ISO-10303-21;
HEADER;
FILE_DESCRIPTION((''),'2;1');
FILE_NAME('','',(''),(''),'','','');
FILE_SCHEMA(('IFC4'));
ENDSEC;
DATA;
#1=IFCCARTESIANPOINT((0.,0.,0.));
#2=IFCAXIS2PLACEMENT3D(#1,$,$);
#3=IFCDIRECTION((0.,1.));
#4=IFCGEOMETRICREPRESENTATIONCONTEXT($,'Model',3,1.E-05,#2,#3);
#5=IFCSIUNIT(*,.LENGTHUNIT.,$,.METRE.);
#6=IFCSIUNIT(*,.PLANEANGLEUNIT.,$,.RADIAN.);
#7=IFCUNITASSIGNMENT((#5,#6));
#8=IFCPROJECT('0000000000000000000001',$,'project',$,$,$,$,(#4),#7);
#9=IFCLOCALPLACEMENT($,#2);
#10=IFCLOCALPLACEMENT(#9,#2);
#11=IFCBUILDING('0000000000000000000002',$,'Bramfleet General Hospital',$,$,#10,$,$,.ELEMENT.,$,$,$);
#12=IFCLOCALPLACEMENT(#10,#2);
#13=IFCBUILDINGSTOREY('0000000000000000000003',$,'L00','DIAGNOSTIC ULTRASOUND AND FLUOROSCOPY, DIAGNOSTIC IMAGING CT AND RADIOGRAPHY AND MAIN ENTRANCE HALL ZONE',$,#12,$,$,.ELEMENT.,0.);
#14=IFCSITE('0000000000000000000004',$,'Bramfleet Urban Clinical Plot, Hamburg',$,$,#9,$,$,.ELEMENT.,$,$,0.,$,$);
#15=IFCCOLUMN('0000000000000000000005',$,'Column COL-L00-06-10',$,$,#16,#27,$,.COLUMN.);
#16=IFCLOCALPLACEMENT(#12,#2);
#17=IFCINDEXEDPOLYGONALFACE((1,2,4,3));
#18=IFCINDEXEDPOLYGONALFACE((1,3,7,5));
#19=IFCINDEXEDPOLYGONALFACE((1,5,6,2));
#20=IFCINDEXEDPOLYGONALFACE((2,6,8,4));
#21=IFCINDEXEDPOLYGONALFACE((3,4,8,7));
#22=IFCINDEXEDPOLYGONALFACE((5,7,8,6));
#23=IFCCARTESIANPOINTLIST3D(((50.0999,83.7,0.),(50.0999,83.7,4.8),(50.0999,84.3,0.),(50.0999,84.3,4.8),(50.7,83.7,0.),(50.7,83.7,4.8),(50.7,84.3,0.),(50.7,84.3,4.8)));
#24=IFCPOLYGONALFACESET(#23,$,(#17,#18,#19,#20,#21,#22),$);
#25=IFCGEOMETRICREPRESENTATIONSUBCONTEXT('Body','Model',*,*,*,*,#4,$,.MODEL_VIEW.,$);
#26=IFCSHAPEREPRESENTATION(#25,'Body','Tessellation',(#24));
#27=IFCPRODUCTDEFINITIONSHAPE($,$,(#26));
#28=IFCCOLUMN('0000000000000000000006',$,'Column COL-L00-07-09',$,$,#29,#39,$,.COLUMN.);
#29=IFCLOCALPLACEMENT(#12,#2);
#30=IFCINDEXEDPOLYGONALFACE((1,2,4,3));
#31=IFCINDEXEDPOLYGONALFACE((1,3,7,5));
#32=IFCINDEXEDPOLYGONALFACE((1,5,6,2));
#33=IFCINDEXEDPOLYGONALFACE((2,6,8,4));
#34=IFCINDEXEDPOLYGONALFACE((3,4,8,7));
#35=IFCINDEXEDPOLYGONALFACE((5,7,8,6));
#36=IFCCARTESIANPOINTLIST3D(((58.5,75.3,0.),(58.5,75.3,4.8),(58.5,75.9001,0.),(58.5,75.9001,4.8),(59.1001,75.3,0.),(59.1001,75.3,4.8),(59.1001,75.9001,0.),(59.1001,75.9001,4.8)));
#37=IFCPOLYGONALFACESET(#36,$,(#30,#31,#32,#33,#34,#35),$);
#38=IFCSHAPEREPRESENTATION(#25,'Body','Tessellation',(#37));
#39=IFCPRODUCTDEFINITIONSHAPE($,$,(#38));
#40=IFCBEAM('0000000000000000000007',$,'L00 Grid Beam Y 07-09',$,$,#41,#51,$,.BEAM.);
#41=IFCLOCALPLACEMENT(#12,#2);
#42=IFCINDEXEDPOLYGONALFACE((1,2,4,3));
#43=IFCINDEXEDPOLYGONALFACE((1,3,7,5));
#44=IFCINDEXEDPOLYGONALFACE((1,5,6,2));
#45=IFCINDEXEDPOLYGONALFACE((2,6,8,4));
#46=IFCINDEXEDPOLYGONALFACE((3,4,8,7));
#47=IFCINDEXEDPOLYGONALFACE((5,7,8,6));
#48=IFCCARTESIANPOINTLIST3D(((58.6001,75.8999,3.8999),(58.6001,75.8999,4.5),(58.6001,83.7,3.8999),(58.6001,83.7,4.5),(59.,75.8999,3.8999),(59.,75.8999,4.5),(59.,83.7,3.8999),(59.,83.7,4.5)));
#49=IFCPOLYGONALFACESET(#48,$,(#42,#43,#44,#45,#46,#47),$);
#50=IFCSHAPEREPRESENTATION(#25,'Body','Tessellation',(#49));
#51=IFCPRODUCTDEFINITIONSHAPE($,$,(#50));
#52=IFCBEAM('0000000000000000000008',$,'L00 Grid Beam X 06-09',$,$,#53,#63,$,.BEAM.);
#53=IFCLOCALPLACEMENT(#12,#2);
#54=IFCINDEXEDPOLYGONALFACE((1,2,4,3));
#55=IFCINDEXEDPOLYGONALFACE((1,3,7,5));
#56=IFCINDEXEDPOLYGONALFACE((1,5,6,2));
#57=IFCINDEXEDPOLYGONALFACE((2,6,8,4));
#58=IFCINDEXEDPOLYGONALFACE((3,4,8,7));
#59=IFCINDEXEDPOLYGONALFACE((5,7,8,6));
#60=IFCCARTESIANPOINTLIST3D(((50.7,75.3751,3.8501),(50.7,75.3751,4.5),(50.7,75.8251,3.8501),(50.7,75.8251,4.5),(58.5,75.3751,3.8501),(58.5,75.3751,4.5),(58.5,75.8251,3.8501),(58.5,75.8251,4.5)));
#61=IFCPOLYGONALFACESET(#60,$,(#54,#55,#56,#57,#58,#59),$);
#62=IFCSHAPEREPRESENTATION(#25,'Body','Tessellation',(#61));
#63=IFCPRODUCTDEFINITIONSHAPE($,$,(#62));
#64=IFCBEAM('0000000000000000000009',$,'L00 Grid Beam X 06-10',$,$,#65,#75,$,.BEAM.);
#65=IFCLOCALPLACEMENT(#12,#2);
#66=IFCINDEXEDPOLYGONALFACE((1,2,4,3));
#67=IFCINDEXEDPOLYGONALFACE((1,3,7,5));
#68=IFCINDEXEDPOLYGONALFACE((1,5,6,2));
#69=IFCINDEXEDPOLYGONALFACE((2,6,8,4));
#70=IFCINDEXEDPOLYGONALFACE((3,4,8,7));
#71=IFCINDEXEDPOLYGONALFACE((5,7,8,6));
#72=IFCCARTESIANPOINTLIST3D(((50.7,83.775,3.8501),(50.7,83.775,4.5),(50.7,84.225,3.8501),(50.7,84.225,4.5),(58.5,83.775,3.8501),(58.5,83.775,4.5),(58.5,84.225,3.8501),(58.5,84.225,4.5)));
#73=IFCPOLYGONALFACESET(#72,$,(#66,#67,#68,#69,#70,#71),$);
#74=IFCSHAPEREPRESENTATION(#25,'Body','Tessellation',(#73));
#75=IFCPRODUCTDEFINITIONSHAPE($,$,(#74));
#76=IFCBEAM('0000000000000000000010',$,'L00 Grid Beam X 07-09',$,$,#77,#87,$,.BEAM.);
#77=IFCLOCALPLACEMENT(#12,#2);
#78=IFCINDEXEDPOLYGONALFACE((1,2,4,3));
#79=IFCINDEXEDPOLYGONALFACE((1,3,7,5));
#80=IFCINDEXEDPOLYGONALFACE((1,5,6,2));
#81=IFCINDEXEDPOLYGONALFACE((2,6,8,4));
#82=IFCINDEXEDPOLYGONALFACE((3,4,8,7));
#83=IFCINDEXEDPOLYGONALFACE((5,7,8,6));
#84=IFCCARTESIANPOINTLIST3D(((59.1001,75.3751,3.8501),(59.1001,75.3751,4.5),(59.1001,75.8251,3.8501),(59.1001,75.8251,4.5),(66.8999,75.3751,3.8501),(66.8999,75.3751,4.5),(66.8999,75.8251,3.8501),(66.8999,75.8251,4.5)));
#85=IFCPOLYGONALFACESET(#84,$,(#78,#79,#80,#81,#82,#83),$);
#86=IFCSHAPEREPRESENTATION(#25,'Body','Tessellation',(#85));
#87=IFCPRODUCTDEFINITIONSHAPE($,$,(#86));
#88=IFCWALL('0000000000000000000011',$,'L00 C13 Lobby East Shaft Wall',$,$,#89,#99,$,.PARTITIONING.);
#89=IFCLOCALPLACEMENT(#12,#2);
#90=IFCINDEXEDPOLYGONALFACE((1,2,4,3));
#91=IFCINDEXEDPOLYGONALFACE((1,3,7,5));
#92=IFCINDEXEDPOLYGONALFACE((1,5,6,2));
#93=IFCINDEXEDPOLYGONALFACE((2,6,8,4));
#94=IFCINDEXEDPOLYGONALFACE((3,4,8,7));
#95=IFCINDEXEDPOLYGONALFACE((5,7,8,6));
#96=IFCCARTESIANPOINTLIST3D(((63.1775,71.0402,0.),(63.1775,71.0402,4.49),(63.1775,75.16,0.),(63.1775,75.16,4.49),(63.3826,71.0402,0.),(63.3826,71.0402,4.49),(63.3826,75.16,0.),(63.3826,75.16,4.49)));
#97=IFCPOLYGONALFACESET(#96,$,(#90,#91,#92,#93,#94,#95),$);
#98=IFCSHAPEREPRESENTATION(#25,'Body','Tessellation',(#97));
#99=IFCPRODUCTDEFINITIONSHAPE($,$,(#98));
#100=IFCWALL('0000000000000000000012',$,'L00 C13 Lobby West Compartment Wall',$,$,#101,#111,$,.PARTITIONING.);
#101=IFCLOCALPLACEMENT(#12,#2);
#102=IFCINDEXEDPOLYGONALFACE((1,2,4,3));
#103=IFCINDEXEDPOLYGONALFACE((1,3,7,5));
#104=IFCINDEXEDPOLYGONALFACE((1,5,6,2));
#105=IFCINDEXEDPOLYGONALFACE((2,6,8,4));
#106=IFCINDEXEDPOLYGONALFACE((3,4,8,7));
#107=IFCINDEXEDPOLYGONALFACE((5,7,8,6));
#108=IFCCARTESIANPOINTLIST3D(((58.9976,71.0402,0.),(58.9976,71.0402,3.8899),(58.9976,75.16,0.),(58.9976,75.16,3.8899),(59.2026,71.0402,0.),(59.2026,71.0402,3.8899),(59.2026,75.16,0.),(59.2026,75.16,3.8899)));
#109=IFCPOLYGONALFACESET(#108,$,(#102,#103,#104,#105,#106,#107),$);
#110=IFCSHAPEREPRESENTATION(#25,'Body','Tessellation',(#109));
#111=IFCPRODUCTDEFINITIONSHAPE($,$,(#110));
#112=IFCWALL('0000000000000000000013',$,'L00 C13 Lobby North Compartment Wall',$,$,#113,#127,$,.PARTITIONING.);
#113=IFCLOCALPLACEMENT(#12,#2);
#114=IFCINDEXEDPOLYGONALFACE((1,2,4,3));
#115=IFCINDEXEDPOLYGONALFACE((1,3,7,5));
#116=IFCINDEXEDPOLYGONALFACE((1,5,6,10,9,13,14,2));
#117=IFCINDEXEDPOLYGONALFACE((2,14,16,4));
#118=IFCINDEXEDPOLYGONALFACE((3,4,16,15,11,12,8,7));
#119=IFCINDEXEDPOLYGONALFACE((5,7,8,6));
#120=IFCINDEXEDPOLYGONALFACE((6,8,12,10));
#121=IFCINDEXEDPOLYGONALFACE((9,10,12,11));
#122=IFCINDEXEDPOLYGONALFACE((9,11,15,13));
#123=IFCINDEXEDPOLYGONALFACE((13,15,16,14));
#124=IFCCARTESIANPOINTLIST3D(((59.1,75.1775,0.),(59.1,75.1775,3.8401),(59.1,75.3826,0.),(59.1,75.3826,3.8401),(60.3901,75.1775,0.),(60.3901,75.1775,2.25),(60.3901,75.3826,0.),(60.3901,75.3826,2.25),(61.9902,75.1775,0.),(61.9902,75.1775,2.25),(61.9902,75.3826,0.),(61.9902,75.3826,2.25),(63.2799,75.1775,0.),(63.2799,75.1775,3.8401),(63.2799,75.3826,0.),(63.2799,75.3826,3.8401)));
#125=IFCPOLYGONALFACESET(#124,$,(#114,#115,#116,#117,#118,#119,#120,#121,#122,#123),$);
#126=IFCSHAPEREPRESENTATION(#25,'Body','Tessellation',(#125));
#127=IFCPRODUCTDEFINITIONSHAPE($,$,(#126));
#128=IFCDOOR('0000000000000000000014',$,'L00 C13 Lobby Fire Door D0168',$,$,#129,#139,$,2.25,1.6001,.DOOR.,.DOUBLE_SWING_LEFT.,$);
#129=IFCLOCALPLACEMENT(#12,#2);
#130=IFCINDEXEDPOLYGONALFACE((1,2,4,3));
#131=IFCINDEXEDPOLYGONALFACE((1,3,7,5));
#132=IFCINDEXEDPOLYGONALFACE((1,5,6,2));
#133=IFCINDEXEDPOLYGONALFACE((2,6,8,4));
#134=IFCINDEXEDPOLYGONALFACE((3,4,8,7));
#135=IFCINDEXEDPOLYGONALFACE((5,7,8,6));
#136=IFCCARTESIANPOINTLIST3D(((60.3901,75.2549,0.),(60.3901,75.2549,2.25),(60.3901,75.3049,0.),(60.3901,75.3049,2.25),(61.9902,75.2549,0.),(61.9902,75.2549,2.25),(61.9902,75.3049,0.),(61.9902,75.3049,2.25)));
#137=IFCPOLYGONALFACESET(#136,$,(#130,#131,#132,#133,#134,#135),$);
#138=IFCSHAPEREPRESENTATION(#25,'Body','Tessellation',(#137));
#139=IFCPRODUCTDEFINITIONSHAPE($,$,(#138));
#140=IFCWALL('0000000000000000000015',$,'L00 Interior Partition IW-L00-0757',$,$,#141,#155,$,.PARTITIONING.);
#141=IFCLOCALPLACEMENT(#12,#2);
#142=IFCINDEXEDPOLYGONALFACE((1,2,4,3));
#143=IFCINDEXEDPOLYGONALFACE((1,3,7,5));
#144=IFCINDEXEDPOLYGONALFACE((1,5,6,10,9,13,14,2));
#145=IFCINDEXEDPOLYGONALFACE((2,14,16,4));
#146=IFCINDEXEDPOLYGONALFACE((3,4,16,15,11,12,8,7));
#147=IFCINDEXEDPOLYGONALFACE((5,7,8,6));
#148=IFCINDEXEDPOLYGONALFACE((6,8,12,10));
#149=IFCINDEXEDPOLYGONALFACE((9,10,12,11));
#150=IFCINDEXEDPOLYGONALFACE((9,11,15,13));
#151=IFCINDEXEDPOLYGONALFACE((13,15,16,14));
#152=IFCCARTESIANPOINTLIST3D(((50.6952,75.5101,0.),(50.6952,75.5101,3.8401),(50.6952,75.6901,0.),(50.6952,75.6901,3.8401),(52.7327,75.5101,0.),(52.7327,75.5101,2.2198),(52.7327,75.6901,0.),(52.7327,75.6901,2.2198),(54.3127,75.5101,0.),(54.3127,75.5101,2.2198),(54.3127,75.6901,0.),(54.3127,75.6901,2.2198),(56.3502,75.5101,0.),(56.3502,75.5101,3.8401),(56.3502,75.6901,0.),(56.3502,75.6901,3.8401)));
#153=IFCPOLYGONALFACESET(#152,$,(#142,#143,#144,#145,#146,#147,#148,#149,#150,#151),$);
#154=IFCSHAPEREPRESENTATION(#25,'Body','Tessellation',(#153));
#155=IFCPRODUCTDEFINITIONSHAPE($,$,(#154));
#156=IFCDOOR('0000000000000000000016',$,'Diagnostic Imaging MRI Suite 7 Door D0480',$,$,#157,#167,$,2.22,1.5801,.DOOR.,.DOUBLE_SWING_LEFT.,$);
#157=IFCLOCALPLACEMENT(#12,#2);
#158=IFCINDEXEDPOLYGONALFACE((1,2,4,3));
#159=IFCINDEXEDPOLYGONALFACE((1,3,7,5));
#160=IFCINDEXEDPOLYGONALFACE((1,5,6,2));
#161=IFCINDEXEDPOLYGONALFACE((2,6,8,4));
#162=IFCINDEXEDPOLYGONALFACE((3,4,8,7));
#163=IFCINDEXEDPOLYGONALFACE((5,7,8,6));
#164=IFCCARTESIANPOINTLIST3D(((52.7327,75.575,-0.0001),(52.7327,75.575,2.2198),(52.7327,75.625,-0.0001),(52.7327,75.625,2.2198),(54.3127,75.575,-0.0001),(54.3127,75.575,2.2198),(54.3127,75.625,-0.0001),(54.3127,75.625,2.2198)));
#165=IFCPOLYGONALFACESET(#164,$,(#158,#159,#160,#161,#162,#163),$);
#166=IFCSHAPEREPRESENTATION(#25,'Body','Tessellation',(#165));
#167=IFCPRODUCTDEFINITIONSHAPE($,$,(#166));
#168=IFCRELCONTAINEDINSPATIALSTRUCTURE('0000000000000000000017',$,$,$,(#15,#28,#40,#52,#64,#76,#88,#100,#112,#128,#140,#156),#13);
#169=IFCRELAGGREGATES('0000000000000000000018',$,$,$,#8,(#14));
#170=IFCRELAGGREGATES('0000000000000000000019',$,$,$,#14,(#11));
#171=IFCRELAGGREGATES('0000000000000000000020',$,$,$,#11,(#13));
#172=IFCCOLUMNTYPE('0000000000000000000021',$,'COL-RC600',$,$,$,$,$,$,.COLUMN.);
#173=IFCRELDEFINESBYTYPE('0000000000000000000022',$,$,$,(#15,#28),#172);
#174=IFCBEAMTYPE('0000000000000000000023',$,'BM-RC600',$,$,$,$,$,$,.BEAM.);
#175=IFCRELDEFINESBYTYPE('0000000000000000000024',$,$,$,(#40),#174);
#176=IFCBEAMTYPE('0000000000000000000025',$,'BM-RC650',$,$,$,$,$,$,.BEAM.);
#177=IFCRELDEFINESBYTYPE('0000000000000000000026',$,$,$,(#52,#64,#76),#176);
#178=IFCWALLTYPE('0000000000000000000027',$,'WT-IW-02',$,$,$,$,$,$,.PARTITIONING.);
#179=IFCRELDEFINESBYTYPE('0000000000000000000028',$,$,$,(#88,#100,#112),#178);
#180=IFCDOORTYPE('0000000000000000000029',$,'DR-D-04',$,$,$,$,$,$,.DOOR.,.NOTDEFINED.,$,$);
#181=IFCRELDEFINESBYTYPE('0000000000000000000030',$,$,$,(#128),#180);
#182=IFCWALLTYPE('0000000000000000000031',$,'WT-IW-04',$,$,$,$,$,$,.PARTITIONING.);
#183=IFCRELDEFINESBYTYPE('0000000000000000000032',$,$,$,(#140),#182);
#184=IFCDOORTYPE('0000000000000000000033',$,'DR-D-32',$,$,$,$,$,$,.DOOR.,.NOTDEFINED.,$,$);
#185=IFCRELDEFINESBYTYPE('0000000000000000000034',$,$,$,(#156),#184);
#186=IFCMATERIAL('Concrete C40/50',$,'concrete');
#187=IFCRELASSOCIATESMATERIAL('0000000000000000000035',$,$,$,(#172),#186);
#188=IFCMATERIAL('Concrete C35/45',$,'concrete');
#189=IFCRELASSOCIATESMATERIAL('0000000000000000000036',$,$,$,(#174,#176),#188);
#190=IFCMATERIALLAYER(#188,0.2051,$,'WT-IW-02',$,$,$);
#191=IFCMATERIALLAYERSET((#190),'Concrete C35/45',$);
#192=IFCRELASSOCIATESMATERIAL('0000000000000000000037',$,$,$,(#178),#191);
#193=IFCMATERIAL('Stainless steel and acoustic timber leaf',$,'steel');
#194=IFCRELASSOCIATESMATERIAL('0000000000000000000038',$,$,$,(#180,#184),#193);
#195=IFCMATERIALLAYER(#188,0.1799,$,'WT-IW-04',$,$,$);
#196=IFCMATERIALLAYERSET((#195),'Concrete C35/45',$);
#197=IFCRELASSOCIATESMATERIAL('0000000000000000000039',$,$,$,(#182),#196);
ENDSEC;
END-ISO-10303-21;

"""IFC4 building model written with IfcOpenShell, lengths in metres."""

from ifc_helpers import new_model, si_unit, direction, frame, frame_2d, origin, origin_2d, place, context, subcontext, project, spatial, rectangle, extrude, material, layer, layer_set, material_profile, profile_set, type_object, element, fill, save


model = new_model("IFC4")

# Units and contexts
model_context = context("Model", 3, precision=1e-05, world=origin(), true_north=direction((0.0, 1.0)))
body_context = subcontext(model_context, "Body", "Model", "MODEL_VIEW")
ifc_project = project(units=[si_unit("LENGTHUNIT", "METRE"), si_unit("PLANEANGLEUNIT", "RADIAN")], contexts=[model_context])

# Site, building, storey
site_placement = place(None, origin())
site = spatial("IfcSite", under=ifc_project, at=site_placement, Name="Bramfleet Urban Clinical Plot, Hamburg", CompositionType="ELEMENT", RefElevation=0.0)
building_placement = place(site_placement, origin())
building = spatial("IfcBuilding", under=site, at=building_placement, Name="Bramfleet General Hospital", CompositionType="ELEMENT")
storey_placement = place(building_placement, origin())
storey = spatial("IfcBuildingStorey", under=building, at=storey_placement, Name="L00", Description="DIAGNOSTIC ULTRASOUND AND FLUOROSCOPY, DIAGNOSTIC IMAGING CT AND RADIOGRAPHY AND MAIN ENTRANCE HALL ZONE", CompositionType="ELEMENT", Elevation=0.0)

# Columns
ifc_material_1 = material(Name="Concrete C40/50", Category="concrete")
ifc_material_profile_1 = material_profile(ifc_material_1, rectangle(XDim=0.6001, YDim=0.6001, at=origin_2d()), Name="RC COL 600x600")
ifc_profile_set_1 = profile_set([ifc_material_profile_1], Name="Concrete C40/50")
column_type = type_object("IfcColumnType", Name="COL-RC600", PredefinedType="COLUMN", material=ifc_profile_set_1)
for number, where, z_axis, x_axis, name in (
    (1, (50.3999, 84.0, 0.0), (0.0, 0.0, 1.0), (1.0, 0.0, 0.0), "Column COL-L00-06-10"),
    (2, (58.8, 75.6001, 0.0), (0.0, 0.0, 1.0), (1.0, 0.0, 0.0), "Column COL-L00-07-09"),
):
    element("IfcColumn", number, at=place(storey_placement, frame(where, z_axis=z_axis, x_axis=x_axis)), inside=storey, type_object=column_type, Name=name, PredefinedType="COLUMN", context=body_context, shape_type="SweptSolid", body=[
        extrude(rectangle(XDim=0.6001, YDim=0.6001, at=origin_2d()), origin(), (0.0, 0.0, 1.0), 4.8),
    ])

# Beams
ifc_material_2 = material(Name="Concrete C35/45", Category="concrete")
ifc_material_profile_2 = material_profile(ifc_material_2, rectangle(XDim=0.3999, YDim=0.6001, at=origin_2d()), Name="RC BM 600x400")
ifc_profile_set_2 = profile_set([ifc_material_profile_2], Name="Concrete C35/45")
beam_type_1 = type_object("IfcBeamType", Name="BM-RC600", PredefinedType="BEAM", material=ifc_profile_set_2)
beam_1_placement = place(storey_placement, frame((58.8, 75.8999, 4.2), z_axis=(0.0, 1.0, 0.0), x_axis=(-1.0, 0.0, 0.0)))
element("IfcBeam", 3, at=beam_1_placement, inside=storey, type_object=beam_type_1, Name="L00 Grid Beam Y 07-09", PredefinedType="BEAM", context=body_context, shape_type="SweptSolid", body=[
    extrude(rectangle(XDim=0.3999, YDim=0.6001, at=origin_2d()), origin(), (0.0, 0.0, 1.0), 7.8),
])
ifc_material_profile_3 = material_profile(ifc_material_2, rectangle(XDim=0.45, YDim=0.6499, at=origin_2d()), Name="RC BM 650x450")
ifc_profile_set_3 = profile_set([ifc_material_profile_3], Name="Concrete C35/45")
beam_type_2 = type_object("IfcBeamType", Name="BM-RC650", PredefinedType="BEAM", material=ifc_profile_set_3)
for number, where, z_axis, x_axis, name in (
    (4, (50.7, 75.6001, 4.175), (1.0, 0.0, 0.0), (0.0, 1.0, 0.0), "L00 Grid Beam X 06-09"),
    (5, (50.7, 84.0, 4.175), (1.0, 0.0, 0.0), (0.0, 1.0, 0.0), "L00 Grid Beam X 06-10"),
):
    element("IfcBeam", number, at=place(storey_placement, frame(where, z_axis=z_axis, x_axis=x_axis)), inside=storey, type_object=beam_type_2, Name=name, PredefinedType="BEAM", context=body_context, shape_type="SweptSolid", body=[
        extrude(rectangle(XDim=0.45, YDim=0.6499, at=origin_2d()), origin(), (0.0, 0.0, 1.0), 7.8),
    ])
beam_2_placement = place(storey_placement, frame((59.1001, 75.6001, 4.175), z_axis=(1.0, 0.0, 0.0), x_axis=(0.0, 1.0, 0.0)))
element("IfcBeam", 6, at=beam_2_placement, inside=storey, type_object=beam_type_2, Name="L00 Grid Beam X 07-09", PredefinedType="BEAM", context=body_context, shape_type="SweptSolid", body=[
    extrude(rectangle(XDim=0.45, YDim=0.6499, at=origin_2d()), origin(), (0.0, 0.0, 1.0), 7.7998),
])

# Walls
ifc_layer_1 = layer(ifc_material_2, 0.2051, Name="WT-IW-02")
ifc_layer_set_1 = layer_set([ifc_layer_1], Name="Concrete C35/45")
wall_type_1 = type_object("IfcWallType", Name="WT-IW-02", PredefinedType="PARTITIONING", material=ifc_layer_set_1)
wall_1_placement = place(storey_placement, frame((63.28, 71.04, 0.0), z_axis=(0.0, 0.0, 1.0), x_axis=(0.0, 1.0, 0.0)))
element("IfcWall", 7, at=wall_1_placement, inside=storey, type_object=wall_type_1, Name="L00 C13 Lobby East Shaft Wall", PredefinedType="PARTITIONING", context=body_context, shape_type="SweptSolid", body=[
    extrude(rectangle(XDim=4.1199, YDim=0.2051, at=frame_2d((2.0601, 0.0))), origin(), (0.0, 0.0, 1.0), 4.49),
])
wall_2_placement = place(storey_placement, frame((59.1001, 71.04, 0.0), z_axis=(0.0, 0.0, 1.0), x_axis=(0.0, 1.0, 0.0)))
element("IfcWall", 8, at=wall_2_placement, inside=storey, type_object=wall_type_1, Name="L00 C13 Lobby West Compartment Wall", PredefinedType="PARTITIONING", context=body_context, shape_type="SweptSolid", body=[
    extrude(rectangle(XDim=4.1199, YDim=0.2051, at=frame_2d((2.0601, 0.0))), origin(), (0.0, 0.0, 1.0), 3.8899),
])

# Walls, openings, doors
wall_3_placement = place(storey_placement, frame((59.1001, 75.28, 0.0), z_axis=(0.0, 0.0, 1.0), x_axis=(1.0, 0.0, 0.0)))
wall_3 = element("IfcWall", 9, at=wall_3_placement, inside=storey, type_object=wall_type_1, Name="L00 C13 Lobby North Compartment Wall", PredefinedType="PARTITIONING", context=body_context, shape_type="SweptSolid", body=[
    extrude(rectangle(XDim=4.1799, YDim=0.2051, at=frame_2d((2.0898, 0.0))), origin(), (0.0, 0.0, 1.0), 3.8401),
])
opening_1_placement = place(wall_3_placement, frame((1.29, 0.0, 0.0)))
opening_1 = element("IfcOpeningElement", 10, at=opening_1_placement, cuts=wall_3, PredefinedType="OPENING", context=body_context, shape_type="SweptSolid", body=[
    extrude(rectangle(XDim=1.6001, YDim=2.25, at=frame_2d((0.8, 1.125))), frame((0.0, 0.1125, 0.0), z_axis=(0.0, -1.0, 0.0), x_axis=(1.0, 0.0, 0.0)), (0.0, 0.0, 1.0), 0.2251),
])
ifc_material_3 = material(Name="Stainless steel and acoustic timber leaf", Category="steel")
door_type_1 = type_object("IfcDoorType", Name="DR-D-04", OperationType="NOTDEFINED", PredefinedType="DOOR", material=ifc_material_3)
door_1_placement = place(opening_1_placement, origin())
door_1 = element("IfcDoor", 11, at=door_1_placement, inside=storey, type_object=door_type_1, Name="L00 C13 Lobby Fire Door D0168", OperationType="DOUBLE_SWING_LEFT", OverallHeight=2.25, OverallWidth=1.6001, PredefinedType="DOOR", context=body_context, shape_type="SweptSolid", body=[
    extrude(rectangle(XDim=1.6001, YDim=2.25, at=frame_2d((0.8, 1.125))), frame((0.0, 0.0249, 0.0), z_axis=(0.0, -1.0, 0.0), x_axis=(1.0, 0.0, 0.0)), (0.0, 0.0, 1.0), 0.05),
])
fill(opening_1, door_1)
ifc_layer_2 = layer(ifc_material_2, 0.1799, Name="WT-IW-04")
ifc_layer_set_2 = layer_set([ifc_layer_2], Name="Concrete C35/45")
wall_type_2 = type_object("IfcWallType", Name="WT-IW-04", PredefinedType="PARTITIONING", material=ifc_layer_set_2)
wall_4_placement = place(storey_placement, frame((50.6951, 75.6001, 0.0), z_axis=(0.0, 0.0, 1.0), x_axis=(1.0, 0.0, 0.0)))
wall_4 = element("IfcWall", 12, at=wall_4_placement, inside=storey, type_object=wall_type_2, Name="L00 Interior Partition IW-L00-0757", PredefinedType="PARTITIONING", context=body_context, shape_type="SweptSolid", body=[
    extrude(rectangle(XDim=5.655, YDim=0.1799, at=frame_2d((2.8276, 0.0))), origin(), (0.0, 0.0, 1.0), 3.8401),
])
opening_2_placement = place(wall_4_placement, frame((2.0376, 0.0, 0.0)))
opening_2 = element("IfcOpeningElement", 13, at=opening_2_placement, cuts=wall_4, PredefinedType="OPENING", context=body_context, shape_type="SweptSolid", body=[
    extrude(rectangle(XDim=1.5801, YDim=2.22, at=frame_2d((0.79, 1.1099))), frame((0.0, 0.0999, 0.0), z_axis=(0.0, -1.0, 0.0), x_axis=(1.0, 0.0, 0.0)), (0.0, 0.0, 1.0), 0.2),
])
door_type_2 = type_object("IfcDoorType", Name="DR-D-32", OperationType="NOTDEFINED", PredefinedType="DOOR", material=ifc_material_3)
door_2_placement = place(opening_2_placement, origin())
door_2 = element("IfcDoor", 14, at=door_2_placement, inside=storey, type_object=door_type_2, Name="Diagnostic Imaging MRI Suite 7 Door D0480", OperationType="DOUBLE_SWING_LEFT", OverallHeight=2.22, OverallWidth=1.5801, PredefinedType="DOOR", context=body_context, shape_type="SweptSolid", body=[
    extrude(rectangle(XDim=1.5801, YDim=2.22, at=frame_2d((0.79, 1.1099))), frame((0.0, 0.0249, 0.0), z_axis=(0.0, -1.0, 0.0), x_axis=(1.0, 0.0, 0.0)), (0.0, 0.0, 1.0), 0.05),
])
fill(opening_2, door_2)

save(model, "model.ifc")
